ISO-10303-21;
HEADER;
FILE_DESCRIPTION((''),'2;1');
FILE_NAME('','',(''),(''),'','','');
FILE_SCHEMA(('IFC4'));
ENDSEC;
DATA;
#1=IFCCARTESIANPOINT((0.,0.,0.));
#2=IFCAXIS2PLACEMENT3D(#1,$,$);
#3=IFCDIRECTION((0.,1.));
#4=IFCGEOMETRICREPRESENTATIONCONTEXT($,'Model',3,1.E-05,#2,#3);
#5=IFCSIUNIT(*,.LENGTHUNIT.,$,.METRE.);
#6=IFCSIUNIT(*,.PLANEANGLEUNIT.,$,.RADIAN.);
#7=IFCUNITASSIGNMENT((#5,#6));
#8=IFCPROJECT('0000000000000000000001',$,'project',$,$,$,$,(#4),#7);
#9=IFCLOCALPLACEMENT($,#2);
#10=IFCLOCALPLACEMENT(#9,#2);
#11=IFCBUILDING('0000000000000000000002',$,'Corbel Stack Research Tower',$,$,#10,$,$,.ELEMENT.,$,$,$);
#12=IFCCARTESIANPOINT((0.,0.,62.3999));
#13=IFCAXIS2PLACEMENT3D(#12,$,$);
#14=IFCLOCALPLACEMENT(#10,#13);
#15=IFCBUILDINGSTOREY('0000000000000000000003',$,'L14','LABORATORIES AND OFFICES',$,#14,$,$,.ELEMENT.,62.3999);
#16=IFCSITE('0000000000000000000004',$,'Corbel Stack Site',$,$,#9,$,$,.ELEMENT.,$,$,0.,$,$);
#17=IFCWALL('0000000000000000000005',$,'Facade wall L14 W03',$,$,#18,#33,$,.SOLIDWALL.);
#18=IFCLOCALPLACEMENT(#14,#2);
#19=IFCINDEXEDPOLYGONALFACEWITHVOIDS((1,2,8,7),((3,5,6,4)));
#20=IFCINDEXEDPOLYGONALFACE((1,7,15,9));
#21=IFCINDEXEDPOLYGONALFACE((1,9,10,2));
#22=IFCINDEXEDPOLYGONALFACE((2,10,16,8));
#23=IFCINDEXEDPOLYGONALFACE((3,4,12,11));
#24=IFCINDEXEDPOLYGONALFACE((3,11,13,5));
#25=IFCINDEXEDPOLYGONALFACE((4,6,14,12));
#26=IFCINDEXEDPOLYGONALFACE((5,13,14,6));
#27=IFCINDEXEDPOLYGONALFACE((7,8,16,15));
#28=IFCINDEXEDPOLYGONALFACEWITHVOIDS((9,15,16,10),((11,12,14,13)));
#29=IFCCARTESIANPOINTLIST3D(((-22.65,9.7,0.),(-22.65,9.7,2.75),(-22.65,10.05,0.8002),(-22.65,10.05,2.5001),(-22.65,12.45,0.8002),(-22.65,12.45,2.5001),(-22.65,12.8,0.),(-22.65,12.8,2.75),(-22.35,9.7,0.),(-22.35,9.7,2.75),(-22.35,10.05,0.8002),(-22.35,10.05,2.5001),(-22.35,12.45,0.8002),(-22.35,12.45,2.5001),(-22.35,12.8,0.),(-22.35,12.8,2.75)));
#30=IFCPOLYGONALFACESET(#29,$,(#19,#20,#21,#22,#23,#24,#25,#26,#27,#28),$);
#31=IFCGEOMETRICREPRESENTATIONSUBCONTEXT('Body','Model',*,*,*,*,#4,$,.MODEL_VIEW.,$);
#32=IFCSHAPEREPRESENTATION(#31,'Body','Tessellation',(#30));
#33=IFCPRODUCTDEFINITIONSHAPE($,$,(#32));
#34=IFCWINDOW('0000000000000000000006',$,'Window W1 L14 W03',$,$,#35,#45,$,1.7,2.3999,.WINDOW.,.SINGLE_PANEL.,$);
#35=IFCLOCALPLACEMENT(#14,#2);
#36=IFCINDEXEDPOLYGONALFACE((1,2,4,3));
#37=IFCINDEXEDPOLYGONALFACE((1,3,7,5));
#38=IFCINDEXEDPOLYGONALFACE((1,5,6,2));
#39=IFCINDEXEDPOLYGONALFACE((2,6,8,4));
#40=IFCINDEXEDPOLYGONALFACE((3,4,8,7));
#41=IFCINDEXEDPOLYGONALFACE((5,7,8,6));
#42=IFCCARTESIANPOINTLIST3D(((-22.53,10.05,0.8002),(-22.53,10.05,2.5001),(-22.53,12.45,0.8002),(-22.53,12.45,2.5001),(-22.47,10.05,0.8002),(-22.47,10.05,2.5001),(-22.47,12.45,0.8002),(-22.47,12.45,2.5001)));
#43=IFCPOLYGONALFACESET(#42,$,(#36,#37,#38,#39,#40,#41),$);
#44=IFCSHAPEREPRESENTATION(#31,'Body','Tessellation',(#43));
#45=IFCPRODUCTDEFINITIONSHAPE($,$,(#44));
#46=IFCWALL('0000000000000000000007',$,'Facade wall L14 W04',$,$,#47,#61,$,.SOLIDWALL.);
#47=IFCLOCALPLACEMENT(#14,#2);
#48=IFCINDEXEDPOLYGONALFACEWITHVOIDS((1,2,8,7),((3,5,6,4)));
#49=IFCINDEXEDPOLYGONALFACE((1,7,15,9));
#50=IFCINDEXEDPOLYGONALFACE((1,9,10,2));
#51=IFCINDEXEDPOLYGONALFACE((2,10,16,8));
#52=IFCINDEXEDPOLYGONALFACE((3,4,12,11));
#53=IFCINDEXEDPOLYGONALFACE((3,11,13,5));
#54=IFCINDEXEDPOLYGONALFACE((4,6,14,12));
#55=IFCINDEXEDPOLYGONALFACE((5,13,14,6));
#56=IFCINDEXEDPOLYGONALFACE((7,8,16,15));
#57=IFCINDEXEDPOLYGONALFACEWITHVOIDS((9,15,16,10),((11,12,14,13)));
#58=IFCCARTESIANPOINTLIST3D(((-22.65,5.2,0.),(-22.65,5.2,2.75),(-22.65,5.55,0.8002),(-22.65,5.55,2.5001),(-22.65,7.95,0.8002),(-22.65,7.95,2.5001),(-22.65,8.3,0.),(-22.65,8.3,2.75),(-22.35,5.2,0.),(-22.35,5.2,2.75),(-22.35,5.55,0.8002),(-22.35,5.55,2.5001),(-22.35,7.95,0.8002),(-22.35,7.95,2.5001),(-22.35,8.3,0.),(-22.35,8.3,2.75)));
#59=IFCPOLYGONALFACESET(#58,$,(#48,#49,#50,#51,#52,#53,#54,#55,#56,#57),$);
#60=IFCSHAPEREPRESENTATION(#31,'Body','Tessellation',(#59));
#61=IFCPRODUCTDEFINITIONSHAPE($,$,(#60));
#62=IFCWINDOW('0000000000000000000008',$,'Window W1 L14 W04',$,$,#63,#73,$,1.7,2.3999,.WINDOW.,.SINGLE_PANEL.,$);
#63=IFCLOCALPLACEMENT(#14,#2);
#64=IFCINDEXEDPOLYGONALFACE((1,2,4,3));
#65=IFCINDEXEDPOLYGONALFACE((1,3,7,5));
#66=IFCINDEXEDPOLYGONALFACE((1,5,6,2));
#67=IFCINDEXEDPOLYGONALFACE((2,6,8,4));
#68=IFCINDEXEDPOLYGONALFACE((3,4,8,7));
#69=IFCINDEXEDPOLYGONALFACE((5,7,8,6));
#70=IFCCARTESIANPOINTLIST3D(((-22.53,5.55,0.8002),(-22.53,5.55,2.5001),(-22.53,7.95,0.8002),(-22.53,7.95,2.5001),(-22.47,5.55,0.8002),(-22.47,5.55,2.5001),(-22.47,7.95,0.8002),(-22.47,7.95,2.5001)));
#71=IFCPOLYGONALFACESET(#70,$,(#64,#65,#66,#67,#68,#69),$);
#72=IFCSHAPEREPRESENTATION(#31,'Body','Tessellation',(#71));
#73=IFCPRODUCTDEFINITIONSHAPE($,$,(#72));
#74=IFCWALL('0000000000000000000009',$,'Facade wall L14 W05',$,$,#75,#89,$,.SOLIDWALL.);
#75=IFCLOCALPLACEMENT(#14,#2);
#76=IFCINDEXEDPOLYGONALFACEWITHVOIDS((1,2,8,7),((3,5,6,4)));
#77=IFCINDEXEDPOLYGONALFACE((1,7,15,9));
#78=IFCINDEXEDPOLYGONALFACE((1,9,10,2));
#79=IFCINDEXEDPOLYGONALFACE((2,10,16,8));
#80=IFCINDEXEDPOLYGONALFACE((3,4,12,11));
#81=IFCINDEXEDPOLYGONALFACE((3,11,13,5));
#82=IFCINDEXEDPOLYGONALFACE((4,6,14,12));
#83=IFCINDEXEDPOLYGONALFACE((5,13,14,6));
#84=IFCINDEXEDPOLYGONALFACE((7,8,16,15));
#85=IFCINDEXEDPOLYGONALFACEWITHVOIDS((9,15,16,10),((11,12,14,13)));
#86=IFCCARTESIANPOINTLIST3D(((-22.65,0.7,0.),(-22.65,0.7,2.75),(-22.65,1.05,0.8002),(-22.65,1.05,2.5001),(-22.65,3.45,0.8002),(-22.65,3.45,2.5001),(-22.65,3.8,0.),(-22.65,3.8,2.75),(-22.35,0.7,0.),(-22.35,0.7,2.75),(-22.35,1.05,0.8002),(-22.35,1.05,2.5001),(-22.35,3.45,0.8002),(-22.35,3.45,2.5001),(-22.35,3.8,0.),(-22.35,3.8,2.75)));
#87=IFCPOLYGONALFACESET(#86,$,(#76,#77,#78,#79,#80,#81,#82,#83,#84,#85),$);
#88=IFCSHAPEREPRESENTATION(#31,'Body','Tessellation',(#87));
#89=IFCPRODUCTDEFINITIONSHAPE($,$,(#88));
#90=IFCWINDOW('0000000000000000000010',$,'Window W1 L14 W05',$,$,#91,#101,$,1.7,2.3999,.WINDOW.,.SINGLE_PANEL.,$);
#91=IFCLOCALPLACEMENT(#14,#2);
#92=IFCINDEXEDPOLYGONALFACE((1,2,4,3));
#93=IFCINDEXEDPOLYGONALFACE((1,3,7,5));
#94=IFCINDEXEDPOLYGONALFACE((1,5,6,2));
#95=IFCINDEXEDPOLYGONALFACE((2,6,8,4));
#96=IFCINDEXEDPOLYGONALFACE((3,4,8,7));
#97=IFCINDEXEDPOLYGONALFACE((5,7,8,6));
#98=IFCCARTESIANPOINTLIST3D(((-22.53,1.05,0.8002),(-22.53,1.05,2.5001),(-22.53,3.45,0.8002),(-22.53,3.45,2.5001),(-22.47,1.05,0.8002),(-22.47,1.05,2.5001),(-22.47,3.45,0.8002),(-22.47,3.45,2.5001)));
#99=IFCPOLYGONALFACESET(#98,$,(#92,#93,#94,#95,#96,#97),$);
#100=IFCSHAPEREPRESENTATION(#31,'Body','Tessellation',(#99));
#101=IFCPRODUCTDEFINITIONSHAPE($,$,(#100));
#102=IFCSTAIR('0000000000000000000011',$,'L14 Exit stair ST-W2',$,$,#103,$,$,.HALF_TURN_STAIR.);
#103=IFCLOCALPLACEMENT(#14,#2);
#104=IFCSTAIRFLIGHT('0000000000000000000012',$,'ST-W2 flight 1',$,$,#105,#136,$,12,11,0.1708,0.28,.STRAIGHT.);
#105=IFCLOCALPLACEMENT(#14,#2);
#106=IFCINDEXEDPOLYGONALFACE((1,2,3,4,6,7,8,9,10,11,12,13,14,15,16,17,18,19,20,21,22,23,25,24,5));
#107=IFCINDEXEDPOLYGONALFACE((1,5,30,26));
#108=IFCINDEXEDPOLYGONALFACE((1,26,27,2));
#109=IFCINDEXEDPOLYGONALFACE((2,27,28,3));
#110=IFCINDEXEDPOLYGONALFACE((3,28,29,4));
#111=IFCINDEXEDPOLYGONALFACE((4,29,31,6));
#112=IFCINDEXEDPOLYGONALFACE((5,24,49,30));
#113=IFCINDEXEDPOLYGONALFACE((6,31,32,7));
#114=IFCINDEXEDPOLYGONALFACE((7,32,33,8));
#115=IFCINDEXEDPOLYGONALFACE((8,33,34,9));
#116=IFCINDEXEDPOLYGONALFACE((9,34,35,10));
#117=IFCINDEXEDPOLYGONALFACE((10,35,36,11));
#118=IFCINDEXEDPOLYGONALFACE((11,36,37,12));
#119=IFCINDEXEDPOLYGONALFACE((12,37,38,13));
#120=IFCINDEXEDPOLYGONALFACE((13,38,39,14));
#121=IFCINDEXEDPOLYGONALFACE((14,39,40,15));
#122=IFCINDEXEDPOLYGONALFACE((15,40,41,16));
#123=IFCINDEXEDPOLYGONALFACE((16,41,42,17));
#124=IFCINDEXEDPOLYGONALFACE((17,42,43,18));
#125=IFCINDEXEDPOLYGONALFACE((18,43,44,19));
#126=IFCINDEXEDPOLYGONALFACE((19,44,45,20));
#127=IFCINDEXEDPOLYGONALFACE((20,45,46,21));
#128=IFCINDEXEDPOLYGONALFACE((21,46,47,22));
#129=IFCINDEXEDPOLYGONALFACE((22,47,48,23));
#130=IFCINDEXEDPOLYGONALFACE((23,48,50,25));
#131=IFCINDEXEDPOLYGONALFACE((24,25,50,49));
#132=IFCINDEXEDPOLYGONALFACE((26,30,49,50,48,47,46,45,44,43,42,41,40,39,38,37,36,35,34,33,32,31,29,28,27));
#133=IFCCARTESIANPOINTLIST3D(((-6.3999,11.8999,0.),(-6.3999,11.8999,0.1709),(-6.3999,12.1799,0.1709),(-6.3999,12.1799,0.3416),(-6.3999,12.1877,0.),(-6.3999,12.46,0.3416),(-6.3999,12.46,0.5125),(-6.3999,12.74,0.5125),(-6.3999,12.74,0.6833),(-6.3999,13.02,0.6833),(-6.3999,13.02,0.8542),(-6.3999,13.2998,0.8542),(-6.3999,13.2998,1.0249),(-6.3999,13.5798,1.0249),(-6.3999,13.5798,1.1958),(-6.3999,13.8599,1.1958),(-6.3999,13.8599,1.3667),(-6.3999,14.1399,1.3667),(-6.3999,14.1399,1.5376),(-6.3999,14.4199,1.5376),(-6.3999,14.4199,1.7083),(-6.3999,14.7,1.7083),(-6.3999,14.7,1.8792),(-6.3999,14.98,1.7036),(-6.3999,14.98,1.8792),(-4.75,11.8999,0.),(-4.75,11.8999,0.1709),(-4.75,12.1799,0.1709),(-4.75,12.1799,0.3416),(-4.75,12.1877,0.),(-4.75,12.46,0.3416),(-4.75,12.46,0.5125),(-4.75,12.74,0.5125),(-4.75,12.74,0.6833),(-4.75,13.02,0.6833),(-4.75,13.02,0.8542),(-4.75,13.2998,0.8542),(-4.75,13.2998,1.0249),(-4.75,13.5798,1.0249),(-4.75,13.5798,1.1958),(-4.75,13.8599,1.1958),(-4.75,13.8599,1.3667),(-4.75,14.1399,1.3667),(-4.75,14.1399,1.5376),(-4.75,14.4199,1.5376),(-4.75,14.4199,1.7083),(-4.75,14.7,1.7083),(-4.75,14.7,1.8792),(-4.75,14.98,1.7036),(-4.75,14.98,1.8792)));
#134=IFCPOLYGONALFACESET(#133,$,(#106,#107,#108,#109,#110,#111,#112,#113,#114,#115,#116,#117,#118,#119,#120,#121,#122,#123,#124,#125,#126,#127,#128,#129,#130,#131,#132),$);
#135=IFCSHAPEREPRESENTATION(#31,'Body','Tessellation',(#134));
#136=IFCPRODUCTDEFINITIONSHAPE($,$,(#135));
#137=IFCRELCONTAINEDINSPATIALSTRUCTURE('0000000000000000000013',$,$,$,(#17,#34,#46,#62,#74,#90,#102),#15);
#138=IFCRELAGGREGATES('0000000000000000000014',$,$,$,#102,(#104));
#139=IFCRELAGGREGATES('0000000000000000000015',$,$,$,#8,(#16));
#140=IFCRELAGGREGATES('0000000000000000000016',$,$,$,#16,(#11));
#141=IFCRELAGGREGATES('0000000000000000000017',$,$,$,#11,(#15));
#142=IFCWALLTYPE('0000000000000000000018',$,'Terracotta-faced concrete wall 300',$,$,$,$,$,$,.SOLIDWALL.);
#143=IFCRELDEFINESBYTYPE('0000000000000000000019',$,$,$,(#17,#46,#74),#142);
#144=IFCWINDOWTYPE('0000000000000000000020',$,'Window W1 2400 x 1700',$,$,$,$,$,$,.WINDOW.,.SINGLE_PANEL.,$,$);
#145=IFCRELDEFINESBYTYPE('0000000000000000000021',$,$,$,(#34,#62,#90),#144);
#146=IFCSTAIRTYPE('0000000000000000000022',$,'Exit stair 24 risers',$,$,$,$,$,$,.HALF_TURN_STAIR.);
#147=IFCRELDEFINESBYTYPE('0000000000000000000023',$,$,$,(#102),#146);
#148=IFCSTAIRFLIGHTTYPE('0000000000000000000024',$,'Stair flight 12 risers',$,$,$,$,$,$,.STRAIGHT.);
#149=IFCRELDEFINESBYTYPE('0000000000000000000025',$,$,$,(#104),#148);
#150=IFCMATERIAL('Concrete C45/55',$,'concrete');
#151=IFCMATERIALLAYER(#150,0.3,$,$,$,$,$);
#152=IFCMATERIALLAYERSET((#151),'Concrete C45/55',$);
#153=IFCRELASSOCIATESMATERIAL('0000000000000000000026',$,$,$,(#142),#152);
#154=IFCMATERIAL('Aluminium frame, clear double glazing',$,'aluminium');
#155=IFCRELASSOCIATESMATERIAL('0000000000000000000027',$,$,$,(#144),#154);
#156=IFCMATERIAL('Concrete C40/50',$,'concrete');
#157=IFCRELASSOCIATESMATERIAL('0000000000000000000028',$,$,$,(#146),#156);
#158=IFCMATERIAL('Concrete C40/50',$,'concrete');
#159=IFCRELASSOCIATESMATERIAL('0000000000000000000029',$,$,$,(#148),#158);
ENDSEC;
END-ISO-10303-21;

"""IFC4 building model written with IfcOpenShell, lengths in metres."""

from ifc_helpers import new_model, si_unit, direction, frame, frame_2d, origin, place, context, subcontext, project, spatial, polyline, rectangle, outline, extrude, material, layer, layer_set, type_object, element, fill, aggregate, save


model = new_model("IFC4")

# Units and contexts
model_context = context("Model", 3, precision=1e-05, world=origin(), true_north=direction((0.0, 1.0)))
body_context = subcontext(model_context, "Body", "Model", "MODEL_VIEW")
ifc_project = project(units=[si_unit("LENGTHUNIT", "METRE"), si_unit("PLANEANGLEUNIT", "RADIAN")], contexts=[model_context])

# Site, building, storey
site_placement = place(None, origin())
site = spatial("IfcSite", under=ifc_project, at=site_placement, Name="Corbel Stack Site", CompositionType="ELEMENT", RefElevation=0.0)
building_placement = place(site_placement, origin())
building = spatial("IfcBuilding", under=site, at=building_placement, Name="Corbel Stack Research Tower", CompositionType="ELEMENT")
storey_placement = place(building_placement, frame((0.0, 0.0, 62.3999)))
storey = spatial("IfcBuildingStorey", under=building, at=storey_placement, Name="L14", Description="LABORATORIES AND OFFICES", CompositionType="ELEMENT", Elevation=62.3999)

# Walls, openings, windows
ifc_material_1 = material(Name="Concrete C45/55", Category="concrete")
ifc_layer_1 = layer(ifc_material_1, 0.3)
ifc_layer_set_1 = layer_set([ifc_layer_1], Name="Concrete C45/55")
wall_type_1 = type_object("IfcWallType", Name="Terracotta-faced concrete wall 300", PredefinedType="SOLIDWALL", material=ifc_layer_set_1)
wall_1_placement = place(storey_placement, frame((-22.5, 9.7, 0.0), z_axis=(0.0, 0.0, 1.0), x_axis=(0.0, 1.0, 0.0)))
wall_1 = element("IfcWall", 1, at=wall_1_placement, inside=storey, type_object=wall_type_1, Name="Facade wall L14 W03", PredefinedType="SOLIDWALL", context=body_context, shape_type="SweptSolid", body=[
    extrude(rectangle(XDim=3.1001, YDim=0.3, at=frame_2d((1.55, 0.0))), origin(), (0.0, 0.0, 1.0), 2.75),
])
opening_1_placement = place(wall_1_placement, frame((0.3501, 0.0, 0.8)))
opening_1 = element("IfcOpeningElement", 2, at=opening_1_placement, cuts=wall_1, PredefinedType="OPENING", context=body_context, shape_type="SweptSolid", body=[
    extrude(rectangle(XDim=2.3999, YDim=1.7, at=frame_2d((1.2, 0.8501))), frame((0.0, 0.1599, 0.0), z_axis=(0.0, -1.0, 0.0), x_axis=(1.0, 0.0, 0.0)), (0.0, 0.0, 1.0), 0.3201),
])
ifc_material_2 = material(Name="Aluminium frame, clear double glazing", Category="aluminium")
window_type = type_object("IfcWindowType", Name="Window W1 2400 x 1700", PartitioningType="SINGLE_PANEL", PredefinedType="WINDOW", material=ifc_material_2)
window_1_placement = place(opening_1_placement, origin())
window_1 = element("IfcWindow", 3, at=window_1_placement, inside=storey, type_object=window_type, Name="Window W1 L14 W03", OverallHeight=1.7, OverallWidth=2.3999, PartitioningType="SINGLE_PANEL", PredefinedType="WINDOW", context=body_context, shape_type="SweptSolid", body=[
    extrude(rectangle(XDim=2.3999, YDim=1.7, at=frame_2d((1.2, 0.8501))), frame((0.0, 0.03, 0.0), z_axis=(0.0, -1.0, 0.0), x_axis=(1.0, 0.0, 0.0)), (0.0, 0.0, 1.0), 0.0601),
])
fill(opening_1, window_1)
wall_2_placement = place(storey_placement, frame((-22.5, 5.2, 0.0), z_axis=(0.0, 0.0, 1.0), x_axis=(0.0, 1.0, 0.0)))
wall_2 = element("IfcWall", 4, at=wall_2_placement, inside=storey, type_object=wall_type_1, Name="Facade wall L14 W04", PredefinedType="SOLIDWALL", context=body_context, shape_type="SweptSolid", body=[
    extrude(rectangle(XDim=3.1001, YDim=0.3, at=frame_2d((1.55, 0.0))), origin(), (0.0, 0.0, 1.0), 2.75),
])
opening_2_placement = place(wall_2_placement, frame((0.3501, 0.0, 0.8)))
opening_2 = element("IfcOpeningElement", 5, at=opening_2_placement, cuts=wall_2, PredefinedType="OPENING", context=body_context, shape_type="SweptSolid", body=[
    extrude(rectangle(XDim=2.3999, YDim=1.7, at=frame_2d((1.2, 0.8501))), frame((0.0, 0.1599, 0.0), z_axis=(0.0, -1.0, 0.0), x_axis=(1.0, 0.0, 0.0)), (0.0, 0.0, 1.0), 0.3201),
])
window_2_placement = place(opening_2_placement, origin())
window_2 = element("IfcWindow", 6, at=window_2_placement, inside=storey, type_object=window_type, Name="Window W1 L14 W04", OverallHeight=1.7, OverallWidth=2.3999, PartitioningType="SINGLE_PANEL", PredefinedType="WINDOW", context=body_context, shape_type="SweptSolid", body=[
    extrude(rectangle(XDim=2.3999, YDim=1.7, at=frame_2d((1.2, 0.8501))), frame((0.0, 0.03, 0.0), z_axis=(0.0, -1.0, 0.0), x_axis=(1.0, 0.0, 0.0)), (0.0, 0.0, 1.0), 0.0601),
])
fill(opening_2, window_2)
wall_3_placement = place(storey_placement, frame((-22.5, 0.7, 0.0), z_axis=(0.0, 0.0, 1.0), x_axis=(0.0, 1.0, 0.0)))
wall_3 = element("IfcWall", 7, at=wall_3_placement, inside=storey, type_object=wall_type_1, Name="Facade wall L14 W05", PredefinedType="SOLIDWALL", context=body_context, shape_type="SweptSolid", body=[
    extrude(rectangle(XDim=3.1001, YDim=0.3, at=frame_2d((1.55, 0.0))), origin(), (0.0, 0.0, 1.0), 2.75),
])
opening_3_placement = place(wall_3_placement, frame((0.3501, 0.0, 0.8)))
opening_3 = element("IfcOpeningElement", 8, at=opening_3_placement, cuts=wall_3, PredefinedType="OPENING", context=body_context, shape_type="SweptSolid", body=[
    extrude(rectangle(XDim=2.3999, YDim=1.7, at=frame_2d((1.2, 0.8501))), frame((0.0, 0.1599, 0.0), z_axis=(0.0, -1.0, 0.0), x_axis=(1.0, 0.0, 0.0)), (0.0, 0.0, 1.0), 0.3201),
])
window_3_placement = place(opening_3_placement, origin())
window_3 = element("IfcWindow", 9, at=window_3_placement, inside=storey, type_object=window_type, Name="Window W1 L14 W05", OverallHeight=1.7, OverallWidth=2.3999, PartitioningType="SINGLE_PANEL", PredefinedType="WINDOW", context=body_context, shape_type="SweptSolid", body=[
    extrude(rectangle(XDim=2.3999, YDim=1.7, at=frame_2d((1.2, 0.8501))), frame((0.0, 0.03, 0.0), z_axis=(0.0, -1.0, 0.0), x_axis=(1.0, 0.0, 0.0)), (0.0, 0.0, 1.0), 0.0601),
])
fill(opening_3, window_3)

# Stair, stair flight
ifc_material_3 = material(Name="Concrete C40/50", Category="concrete")
stair_type = type_object("IfcStairType", Name="Exit stair 24 risers", PredefinedType="HALF_TURN_STAIR", material=ifc_material_3)
stair_placement = place(storey_placement, origin())
stair = element("IfcStair", 10, at=stair_placement, inside=storey, type_object=stair_type, Name="L14 Exit stair ST-W2", PredefinedType="HALF_TURN_STAIR")
ifc_material_4 = material(Name="Concrete C40/50", Category="concrete")
stair_flight_type = type_object("IfcStairFlightType", Name="Stair flight 12 risers", PredefinedType="STRAIGHT", material=ifc_material_4)
stair_flight_placement = place(storey_placement, frame((-5.575, 11.8999, 0.0), z_axis=(0.0, 0.0, 1.0), x_axis=(0.0, 1.0, 0.0)))
stair_flight = element("IfcStairFlight", 11, at=stair_flight_placement, type_object=stair_flight_type, Name="ST-W2 flight 1", NumberOfRisers=12, NumberOfTreads=11, PredefinedType="STRAIGHT", RiserHeight=0.1708, TreadLength=0.28, context=body_context, shape_type="SweptSolid", body=[
    extrude(outline(polyline([(0.0, 0.0), (0.0, 0.1709), (0.28, 0.1709), (0.28, 0.3416), (0.5601, 0.3416), (0.5601, 0.5125), (0.8401, 0.5125), (0.8401, 0.6833), (1.1201, 0.6833), (1.1201, 0.8542), (1.3999, 0.8542), (1.3999, 1.0249), (1.6799, 1.0249), (1.6799, 1.1958), (1.96, 1.1958), (1.96, 1.3667), (2.24, 1.3667), (2.24, 1.5376), (2.52, 1.5376), (2.52, 1.7083), (2.8, 1.7083), (2.8, 1.8792), (3.0801, 1.8792), (3.0801, 2.05), (3.0801, 1.7036), (0.2878, 0.0), (0.0, 0.0)])), frame((0.0, 0.825, 0.0), z_axis=(0.0, -1.0, 0.0), x_axis=(1.0, 0.0, 0.0)), (0.0, 0.0, 1.0), 1.6499),
])
aggregate(stair, [stair_flight])

save(model, "model.ifc")
